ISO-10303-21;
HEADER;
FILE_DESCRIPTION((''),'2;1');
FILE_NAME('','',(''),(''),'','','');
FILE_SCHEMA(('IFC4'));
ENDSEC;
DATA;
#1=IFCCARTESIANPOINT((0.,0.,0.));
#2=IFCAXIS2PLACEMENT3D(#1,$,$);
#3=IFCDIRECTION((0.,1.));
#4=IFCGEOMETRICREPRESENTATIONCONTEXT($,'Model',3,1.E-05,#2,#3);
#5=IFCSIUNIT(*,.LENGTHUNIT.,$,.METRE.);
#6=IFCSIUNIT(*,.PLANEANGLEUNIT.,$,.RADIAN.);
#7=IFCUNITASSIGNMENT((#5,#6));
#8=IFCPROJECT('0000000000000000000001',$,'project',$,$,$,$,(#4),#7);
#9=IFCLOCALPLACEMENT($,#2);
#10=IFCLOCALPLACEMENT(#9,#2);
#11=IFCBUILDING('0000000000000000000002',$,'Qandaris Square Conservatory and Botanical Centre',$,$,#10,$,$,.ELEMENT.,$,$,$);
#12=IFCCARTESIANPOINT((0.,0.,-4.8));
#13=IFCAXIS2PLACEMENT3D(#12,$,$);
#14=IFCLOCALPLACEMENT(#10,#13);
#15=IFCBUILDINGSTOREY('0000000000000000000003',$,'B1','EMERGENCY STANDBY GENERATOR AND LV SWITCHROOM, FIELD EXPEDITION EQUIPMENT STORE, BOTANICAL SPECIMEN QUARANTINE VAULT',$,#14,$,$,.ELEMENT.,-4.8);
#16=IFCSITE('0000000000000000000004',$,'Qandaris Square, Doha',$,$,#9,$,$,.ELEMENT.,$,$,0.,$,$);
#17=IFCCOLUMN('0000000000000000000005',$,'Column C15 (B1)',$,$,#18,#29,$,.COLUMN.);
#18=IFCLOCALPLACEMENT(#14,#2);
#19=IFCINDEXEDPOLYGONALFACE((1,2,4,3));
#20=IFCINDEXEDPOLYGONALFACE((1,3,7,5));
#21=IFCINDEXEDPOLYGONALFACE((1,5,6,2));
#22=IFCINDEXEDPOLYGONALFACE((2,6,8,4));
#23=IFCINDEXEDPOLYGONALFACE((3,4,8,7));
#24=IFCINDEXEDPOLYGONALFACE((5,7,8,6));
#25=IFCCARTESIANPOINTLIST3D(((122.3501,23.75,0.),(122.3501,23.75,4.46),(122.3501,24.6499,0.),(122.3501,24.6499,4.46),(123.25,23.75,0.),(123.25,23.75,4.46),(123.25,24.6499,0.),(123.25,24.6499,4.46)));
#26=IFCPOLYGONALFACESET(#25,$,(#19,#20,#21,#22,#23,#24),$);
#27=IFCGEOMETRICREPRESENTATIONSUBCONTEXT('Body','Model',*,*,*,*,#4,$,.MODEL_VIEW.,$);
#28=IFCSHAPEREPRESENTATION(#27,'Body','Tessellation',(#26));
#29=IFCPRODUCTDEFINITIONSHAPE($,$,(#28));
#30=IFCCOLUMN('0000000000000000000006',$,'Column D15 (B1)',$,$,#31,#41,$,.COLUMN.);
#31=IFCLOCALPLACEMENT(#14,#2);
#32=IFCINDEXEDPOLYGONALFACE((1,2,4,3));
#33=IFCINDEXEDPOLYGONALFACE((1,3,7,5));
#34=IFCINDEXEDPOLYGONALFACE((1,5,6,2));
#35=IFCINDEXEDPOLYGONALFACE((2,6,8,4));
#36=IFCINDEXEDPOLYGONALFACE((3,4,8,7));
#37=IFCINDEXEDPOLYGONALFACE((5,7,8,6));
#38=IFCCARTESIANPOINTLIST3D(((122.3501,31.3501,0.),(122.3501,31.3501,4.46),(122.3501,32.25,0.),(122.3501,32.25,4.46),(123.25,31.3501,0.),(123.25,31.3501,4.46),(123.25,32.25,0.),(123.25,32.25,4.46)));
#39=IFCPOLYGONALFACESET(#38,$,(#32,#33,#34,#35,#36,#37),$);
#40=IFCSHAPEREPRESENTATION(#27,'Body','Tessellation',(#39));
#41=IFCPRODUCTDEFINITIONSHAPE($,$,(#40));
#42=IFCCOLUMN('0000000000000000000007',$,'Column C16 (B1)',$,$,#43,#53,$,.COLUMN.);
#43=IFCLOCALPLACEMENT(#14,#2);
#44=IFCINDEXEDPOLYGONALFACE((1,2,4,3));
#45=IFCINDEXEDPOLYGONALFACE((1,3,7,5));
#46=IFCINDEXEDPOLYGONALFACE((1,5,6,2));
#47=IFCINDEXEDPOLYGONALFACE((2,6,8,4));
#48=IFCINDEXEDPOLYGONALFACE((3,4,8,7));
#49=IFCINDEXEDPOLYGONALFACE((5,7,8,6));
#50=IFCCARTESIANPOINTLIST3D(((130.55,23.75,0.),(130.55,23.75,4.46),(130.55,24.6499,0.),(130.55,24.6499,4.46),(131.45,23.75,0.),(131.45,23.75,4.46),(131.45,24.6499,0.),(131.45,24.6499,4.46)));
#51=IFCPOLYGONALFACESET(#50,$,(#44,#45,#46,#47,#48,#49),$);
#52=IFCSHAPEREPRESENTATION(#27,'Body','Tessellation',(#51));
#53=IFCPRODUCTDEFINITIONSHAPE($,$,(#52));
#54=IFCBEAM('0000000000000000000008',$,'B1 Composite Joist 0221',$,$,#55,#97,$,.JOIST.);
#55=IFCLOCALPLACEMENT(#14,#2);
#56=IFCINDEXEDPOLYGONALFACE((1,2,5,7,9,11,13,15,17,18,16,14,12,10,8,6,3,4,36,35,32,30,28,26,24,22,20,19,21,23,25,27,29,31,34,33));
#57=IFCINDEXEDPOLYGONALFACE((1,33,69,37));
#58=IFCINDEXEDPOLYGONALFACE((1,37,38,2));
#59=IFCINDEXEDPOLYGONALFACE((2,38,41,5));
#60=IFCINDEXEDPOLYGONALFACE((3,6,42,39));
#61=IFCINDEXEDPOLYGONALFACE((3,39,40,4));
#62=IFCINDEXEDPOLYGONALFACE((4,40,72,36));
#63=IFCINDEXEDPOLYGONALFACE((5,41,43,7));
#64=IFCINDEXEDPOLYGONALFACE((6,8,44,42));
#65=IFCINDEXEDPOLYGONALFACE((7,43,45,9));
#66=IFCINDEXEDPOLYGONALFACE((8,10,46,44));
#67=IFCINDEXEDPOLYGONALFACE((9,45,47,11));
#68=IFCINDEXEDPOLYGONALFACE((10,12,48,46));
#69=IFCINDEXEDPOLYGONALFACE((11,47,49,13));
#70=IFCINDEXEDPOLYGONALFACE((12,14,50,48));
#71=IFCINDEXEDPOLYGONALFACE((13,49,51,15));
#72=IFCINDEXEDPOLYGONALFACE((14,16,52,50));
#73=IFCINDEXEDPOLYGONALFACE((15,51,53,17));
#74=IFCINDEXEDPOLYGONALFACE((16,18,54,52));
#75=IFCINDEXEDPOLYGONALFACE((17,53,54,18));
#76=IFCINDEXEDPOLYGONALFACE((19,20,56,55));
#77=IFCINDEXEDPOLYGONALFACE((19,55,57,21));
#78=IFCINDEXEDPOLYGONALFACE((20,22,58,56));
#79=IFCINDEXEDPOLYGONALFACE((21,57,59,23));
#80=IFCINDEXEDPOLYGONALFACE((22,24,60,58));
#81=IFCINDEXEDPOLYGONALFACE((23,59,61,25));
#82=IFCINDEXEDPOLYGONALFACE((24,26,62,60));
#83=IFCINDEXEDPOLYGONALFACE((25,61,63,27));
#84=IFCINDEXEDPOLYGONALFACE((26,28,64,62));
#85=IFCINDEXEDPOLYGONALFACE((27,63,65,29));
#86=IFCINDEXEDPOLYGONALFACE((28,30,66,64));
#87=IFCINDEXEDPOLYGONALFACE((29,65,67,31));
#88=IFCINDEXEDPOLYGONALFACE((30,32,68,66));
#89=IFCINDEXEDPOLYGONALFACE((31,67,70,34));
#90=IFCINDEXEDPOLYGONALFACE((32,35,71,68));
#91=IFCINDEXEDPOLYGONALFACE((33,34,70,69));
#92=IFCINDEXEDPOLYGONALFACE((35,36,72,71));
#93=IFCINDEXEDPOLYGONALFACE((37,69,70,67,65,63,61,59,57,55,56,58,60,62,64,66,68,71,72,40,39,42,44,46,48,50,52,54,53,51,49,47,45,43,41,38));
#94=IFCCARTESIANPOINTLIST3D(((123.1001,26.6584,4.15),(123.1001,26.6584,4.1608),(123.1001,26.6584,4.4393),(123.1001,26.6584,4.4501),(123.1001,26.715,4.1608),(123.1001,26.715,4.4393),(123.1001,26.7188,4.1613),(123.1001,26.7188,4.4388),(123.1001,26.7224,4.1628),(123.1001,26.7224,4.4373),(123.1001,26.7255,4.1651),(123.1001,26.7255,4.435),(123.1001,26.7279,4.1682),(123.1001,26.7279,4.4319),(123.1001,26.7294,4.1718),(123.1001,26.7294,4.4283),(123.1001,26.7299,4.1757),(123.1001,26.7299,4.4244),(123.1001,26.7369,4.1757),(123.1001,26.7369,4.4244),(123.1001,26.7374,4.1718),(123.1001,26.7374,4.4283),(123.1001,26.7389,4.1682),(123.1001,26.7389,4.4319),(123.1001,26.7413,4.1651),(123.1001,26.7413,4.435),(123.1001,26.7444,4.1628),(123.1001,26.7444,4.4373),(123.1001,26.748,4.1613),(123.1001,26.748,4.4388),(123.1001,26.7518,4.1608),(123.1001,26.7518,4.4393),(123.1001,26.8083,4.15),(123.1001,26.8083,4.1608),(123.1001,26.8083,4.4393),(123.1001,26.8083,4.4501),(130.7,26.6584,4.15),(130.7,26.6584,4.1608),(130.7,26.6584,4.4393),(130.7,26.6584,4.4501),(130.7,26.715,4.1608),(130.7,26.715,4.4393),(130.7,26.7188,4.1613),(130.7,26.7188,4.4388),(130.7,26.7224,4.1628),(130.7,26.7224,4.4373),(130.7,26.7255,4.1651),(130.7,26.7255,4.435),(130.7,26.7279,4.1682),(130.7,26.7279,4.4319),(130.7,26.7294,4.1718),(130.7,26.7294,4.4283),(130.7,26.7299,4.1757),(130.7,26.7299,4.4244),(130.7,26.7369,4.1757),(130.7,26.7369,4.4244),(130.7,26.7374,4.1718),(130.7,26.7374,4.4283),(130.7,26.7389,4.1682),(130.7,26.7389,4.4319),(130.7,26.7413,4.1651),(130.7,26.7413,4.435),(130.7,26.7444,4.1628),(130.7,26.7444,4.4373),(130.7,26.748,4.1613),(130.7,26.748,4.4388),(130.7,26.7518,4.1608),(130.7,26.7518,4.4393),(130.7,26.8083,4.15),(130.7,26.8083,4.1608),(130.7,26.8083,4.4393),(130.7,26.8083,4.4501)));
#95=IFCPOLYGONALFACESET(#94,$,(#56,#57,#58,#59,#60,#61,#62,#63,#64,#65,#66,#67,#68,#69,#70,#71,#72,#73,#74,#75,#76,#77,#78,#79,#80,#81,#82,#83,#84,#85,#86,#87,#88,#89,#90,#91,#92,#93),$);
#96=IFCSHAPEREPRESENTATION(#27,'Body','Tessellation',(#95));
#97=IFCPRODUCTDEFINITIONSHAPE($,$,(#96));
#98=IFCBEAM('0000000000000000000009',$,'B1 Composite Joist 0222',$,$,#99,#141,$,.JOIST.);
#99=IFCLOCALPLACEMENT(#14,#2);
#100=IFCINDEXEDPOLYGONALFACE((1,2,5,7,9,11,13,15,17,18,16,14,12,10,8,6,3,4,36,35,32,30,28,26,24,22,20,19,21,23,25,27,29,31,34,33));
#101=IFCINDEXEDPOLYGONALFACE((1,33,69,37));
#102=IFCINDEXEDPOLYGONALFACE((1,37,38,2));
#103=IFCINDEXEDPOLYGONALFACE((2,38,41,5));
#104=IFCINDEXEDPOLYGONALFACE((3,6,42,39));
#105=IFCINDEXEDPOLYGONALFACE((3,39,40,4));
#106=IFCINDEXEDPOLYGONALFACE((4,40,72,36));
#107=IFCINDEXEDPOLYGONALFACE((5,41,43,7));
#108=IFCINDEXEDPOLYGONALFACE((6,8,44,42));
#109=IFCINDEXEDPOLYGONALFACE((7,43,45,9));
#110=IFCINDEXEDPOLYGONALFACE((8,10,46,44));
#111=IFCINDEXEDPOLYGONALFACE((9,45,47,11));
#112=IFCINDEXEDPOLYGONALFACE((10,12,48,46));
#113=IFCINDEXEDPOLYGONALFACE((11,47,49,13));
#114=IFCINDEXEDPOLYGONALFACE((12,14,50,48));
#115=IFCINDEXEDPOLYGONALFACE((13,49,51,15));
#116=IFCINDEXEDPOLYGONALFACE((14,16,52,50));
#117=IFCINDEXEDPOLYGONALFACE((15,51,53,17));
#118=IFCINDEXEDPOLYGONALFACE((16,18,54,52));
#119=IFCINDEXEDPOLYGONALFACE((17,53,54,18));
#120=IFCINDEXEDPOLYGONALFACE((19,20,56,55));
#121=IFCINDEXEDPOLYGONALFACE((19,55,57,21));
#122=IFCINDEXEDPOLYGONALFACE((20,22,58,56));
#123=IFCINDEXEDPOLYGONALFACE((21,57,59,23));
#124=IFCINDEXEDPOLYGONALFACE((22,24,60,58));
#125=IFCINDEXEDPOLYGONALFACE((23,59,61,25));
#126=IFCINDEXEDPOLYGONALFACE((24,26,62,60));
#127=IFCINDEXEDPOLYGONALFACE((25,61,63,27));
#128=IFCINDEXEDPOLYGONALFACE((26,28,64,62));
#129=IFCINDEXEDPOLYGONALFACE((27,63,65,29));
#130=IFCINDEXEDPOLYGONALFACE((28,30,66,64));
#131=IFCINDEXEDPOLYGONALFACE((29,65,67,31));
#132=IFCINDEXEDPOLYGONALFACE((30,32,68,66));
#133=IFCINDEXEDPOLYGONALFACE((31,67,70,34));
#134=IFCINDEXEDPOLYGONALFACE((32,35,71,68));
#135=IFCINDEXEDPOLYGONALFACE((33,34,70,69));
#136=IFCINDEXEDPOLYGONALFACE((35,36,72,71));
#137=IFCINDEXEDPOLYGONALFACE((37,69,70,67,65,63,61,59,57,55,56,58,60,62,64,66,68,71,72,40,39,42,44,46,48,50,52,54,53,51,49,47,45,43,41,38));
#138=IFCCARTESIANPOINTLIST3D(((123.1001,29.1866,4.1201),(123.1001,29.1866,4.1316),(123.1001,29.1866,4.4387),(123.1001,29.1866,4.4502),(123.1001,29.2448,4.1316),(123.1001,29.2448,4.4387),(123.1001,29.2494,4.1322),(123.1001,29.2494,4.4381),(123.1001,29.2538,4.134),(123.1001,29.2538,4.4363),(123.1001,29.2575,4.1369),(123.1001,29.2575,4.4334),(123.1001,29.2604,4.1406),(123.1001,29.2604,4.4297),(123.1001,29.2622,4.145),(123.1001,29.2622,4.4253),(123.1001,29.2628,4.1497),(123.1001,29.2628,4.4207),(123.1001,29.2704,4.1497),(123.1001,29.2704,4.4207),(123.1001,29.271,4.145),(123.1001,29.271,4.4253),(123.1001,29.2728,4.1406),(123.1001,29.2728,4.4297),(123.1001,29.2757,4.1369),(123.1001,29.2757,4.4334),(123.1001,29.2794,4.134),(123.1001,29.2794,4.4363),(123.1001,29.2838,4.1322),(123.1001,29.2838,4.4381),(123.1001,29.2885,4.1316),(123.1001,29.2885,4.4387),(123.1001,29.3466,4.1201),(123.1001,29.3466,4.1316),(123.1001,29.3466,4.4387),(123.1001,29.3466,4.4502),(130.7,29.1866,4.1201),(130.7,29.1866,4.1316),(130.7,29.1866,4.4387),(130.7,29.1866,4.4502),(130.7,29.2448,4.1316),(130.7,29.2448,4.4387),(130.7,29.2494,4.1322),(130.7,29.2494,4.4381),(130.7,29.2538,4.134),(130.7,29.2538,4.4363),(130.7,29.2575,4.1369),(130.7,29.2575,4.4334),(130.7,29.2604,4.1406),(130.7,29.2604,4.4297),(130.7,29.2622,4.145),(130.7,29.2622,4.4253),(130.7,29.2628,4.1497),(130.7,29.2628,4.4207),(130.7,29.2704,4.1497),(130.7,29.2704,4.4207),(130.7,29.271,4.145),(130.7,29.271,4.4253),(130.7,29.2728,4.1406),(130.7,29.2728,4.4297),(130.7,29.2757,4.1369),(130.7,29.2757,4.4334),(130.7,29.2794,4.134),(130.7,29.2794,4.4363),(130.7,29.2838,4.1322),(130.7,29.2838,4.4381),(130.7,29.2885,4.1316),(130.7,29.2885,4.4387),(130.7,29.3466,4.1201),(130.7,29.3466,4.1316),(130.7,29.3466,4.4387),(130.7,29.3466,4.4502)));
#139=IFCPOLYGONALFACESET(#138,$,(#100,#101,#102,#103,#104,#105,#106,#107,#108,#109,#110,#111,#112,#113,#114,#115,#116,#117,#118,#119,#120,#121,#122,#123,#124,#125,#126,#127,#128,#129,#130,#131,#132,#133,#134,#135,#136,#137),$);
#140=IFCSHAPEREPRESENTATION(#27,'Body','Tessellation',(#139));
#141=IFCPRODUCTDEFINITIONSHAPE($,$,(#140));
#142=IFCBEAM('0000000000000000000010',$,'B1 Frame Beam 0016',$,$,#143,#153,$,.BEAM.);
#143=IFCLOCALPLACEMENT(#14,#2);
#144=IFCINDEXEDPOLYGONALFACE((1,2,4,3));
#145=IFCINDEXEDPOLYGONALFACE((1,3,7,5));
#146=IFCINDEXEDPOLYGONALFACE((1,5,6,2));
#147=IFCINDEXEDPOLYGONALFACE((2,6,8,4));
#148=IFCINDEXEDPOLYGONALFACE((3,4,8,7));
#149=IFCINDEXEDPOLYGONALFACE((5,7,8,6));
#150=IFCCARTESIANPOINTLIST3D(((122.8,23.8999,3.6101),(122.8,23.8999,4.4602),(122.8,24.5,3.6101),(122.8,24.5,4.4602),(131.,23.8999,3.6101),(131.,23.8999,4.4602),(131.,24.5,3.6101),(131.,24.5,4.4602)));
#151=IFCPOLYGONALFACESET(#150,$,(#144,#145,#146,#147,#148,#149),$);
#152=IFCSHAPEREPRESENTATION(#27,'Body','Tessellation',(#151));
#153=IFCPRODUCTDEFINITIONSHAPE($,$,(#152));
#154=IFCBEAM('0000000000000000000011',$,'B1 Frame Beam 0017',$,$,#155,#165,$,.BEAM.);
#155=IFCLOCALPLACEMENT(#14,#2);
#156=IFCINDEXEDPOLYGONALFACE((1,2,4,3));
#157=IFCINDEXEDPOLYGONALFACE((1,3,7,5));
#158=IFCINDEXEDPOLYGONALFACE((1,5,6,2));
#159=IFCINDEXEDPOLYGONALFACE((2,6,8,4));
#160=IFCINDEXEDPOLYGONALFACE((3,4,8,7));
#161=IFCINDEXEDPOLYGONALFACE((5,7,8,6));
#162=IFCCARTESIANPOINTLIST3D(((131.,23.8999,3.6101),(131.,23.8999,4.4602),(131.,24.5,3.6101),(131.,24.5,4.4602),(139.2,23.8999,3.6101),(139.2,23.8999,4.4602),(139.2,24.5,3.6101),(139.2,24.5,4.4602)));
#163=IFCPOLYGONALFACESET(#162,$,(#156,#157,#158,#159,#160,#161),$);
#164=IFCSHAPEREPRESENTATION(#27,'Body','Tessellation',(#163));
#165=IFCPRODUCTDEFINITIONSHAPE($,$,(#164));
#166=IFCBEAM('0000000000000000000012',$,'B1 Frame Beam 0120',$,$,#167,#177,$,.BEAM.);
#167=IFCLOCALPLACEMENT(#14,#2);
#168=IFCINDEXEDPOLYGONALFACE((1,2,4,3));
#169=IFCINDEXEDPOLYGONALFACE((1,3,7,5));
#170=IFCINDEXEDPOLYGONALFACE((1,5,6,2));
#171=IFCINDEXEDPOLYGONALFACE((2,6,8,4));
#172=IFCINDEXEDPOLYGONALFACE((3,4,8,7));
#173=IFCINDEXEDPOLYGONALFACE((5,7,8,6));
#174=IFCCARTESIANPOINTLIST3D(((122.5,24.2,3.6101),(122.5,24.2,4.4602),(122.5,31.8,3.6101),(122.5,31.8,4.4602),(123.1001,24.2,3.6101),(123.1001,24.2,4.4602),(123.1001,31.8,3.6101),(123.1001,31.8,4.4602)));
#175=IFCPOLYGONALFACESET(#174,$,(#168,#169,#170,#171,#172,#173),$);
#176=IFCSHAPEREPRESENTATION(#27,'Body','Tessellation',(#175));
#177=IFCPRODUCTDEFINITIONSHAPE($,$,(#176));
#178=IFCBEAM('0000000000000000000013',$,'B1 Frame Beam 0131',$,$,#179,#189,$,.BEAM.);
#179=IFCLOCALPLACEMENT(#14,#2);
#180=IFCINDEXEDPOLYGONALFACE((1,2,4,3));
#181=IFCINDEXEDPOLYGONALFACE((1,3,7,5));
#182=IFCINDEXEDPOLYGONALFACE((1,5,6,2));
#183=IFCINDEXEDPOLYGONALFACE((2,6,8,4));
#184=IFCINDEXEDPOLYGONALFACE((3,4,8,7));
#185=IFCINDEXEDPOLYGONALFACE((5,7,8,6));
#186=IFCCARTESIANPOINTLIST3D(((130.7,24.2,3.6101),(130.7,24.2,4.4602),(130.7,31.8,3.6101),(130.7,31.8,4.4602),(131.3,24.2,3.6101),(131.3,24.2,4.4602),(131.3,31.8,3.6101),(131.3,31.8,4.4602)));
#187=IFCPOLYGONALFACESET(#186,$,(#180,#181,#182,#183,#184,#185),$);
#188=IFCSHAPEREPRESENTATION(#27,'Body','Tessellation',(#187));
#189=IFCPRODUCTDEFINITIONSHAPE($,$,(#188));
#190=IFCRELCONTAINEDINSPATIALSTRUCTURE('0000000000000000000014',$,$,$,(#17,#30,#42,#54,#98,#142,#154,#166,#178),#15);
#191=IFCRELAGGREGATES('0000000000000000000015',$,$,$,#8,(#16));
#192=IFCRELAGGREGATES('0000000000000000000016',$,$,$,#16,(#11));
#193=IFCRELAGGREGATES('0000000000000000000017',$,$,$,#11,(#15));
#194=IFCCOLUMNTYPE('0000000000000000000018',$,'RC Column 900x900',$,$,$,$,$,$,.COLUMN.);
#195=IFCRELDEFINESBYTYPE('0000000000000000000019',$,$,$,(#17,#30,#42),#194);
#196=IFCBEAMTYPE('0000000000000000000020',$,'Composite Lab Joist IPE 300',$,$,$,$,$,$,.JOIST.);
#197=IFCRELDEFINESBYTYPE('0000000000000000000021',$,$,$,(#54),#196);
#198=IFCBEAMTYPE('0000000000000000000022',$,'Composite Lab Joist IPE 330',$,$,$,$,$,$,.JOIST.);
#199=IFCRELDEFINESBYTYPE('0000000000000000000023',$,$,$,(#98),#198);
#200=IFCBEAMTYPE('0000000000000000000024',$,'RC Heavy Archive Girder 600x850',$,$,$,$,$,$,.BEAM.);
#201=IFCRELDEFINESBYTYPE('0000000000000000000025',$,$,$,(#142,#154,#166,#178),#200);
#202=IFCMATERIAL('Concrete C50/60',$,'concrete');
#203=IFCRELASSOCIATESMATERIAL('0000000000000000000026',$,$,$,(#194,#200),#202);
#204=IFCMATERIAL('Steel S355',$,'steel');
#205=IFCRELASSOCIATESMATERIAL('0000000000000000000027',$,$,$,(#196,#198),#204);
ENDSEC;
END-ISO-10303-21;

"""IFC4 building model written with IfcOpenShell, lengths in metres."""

from ifc_helpers import new_model, si_unit, direction, frame, origin, origin_2d, place, context, subcontext, project, spatial, rectangle, i_section, extrude, material, material_profile, profile_set, type_object, element, save


model = new_model("IFC4")

# Units and contexts
model_context = context("Model", 3, precision=1e-05, world=origin(), true_north=direction((0.0, 1.0)))
body_context = subcontext(model_context, "Body", "Model", "MODEL_VIEW")
ifc_project = project(units=[si_unit("LENGTHUNIT", "METRE"), si_unit("PLANEANGLEUNIT", "RADIAN")], contexts=[model_context])

# Site, building, storey
site_placement = place(None, origin())
site = spatial("IfcSite", under=ifc_project, at=site_placement, Name="Qandaris Square, Doha", CompositionType="ELEMENT", RefElevation=0.0)
building_placement = place(site_placement, origin())
building = spatial("IfcBuilding", under=site, at=building_placement, Name="Qandaris Square Conservatory and Botanical Centre", CompositionType="ELEMENT")
storey_placement = place(building_placement, frame((0.0, 0.0, -4.8)))
storey = spatial("IfcBuildingStorey", under=building, at=storey_placement, Name="B1", Description="EMERGENCY STANDBY GENERATOR AND LV SWITCHROOM, FIELD EXPEDITION EQUIPMENT STORE, BOTANICAL SPECIMEN QUARANTINE VAULT", CompositionType="ELEMENT", Elevation=-4.8)

# Shared definitions
ifc_material_1 = material(Name="Concrete C50/60", Category="concrete")

# Columns
ifc_material_profile_1 = material_profile(ifc_material_1, rectangle(XDim=0.8999, YDim=0.8999, at=origin_2d()), Name="RC-COL 900x900")
ifc_profile_set_1 = profile_set([ifc_material_profile_1], Name="Concrete C50/60")
column_type = type_object("IfcColumnType", Name="RC Column 900x900", PredefinedType="COLUMN", material=ifc_profile_set_1)
for number, where, z_axis, x_axis, name in (
    (1, (122.8, 24.2, 0.0), (0.0, 0.0, 1.0), (1.0, 0.0, 0.0), "Column C15 (B1)"),
    (2, (122.8, 31.8, 0.0), (0.0, 0.0, 1.0), (1.0, 0.0, 0.0), "Column D15 (B1)"),
    (3, (131.0, 24.2, 0.0), (0.0, 0.0, 1.0), (1.0, 0.0, 0.0), "Column C16 (B1)"),
):
    element("IfcColumn", number, at=place(storey_placement, frame(where, z_axis=z_axis, x_axis=x_axis)), inside=storey, type_object=column_type, Name=name, PredefinedType="COLUMN", context=body_context, shape_type="SweptSolid", body=[
        extrude(rectangle(XDim=0.8999, YDim=0.8999, at=origin_2d()), origin(), (0.0, 0.0, 1.0), 4.46),
    ])

# Beams
ifc_material_2 = material(Name="Steel S355", Category="steel")
ifc_material_profile_2 = material_profile(ifc_material_2, i_section(OverallWidth=0.1499, OverallDepth=0.3, WebThickness=0.0071, FlangeThickness=0.0107, FilletRadius=0.0149, at=origin_2d()), Name="IPE 300")
ifc_profile_set_2 = profile_set([ifc_material_profile_2], Name="Steel S355")
beam_type_1 = type_object("IfcBeamType", Name="Composite Lab Joist IPE 300", PredefinedType="JOIST", material=ifc_profile_set_2)
beam_1_placement = place(storey_placement, frame((123.1001, 26.7334, 4.3), z_axis=(1.0, 0.0, 0.0), x_axis=(0.0, 1.0, 0.0)))
element("IfcBeam", 4, at=beam_1_placement, inside=storey, type_object=beam_type_1, Name="B1 Composite Joist 0221", PredefinedType="JOIST", context=body_context, shape_type="SweptSolid", body=[
    extrude(i_section(OverallWidth=0.1499, OverallDepth=0.3, WebThickness=0.0071, FlangeThickness=0.0107, FilletRadius=0.0149, at=origin_2d()), origin(), (0.0, 0.0, 1.0), 7.5999),
])
ifc_material_profile_3 = material_profile(ifc_material_2, i_section(OverallWidth=0.1599, OverallDepth=0.3301, WebThickness=0.0076, FlangeThickness=0.0115, FilletRadius=0.0181, at=origin_2d()), Name="IPE 330")
ifc_profile_set_3 = profile_set([ifc_material_profile_3], Name="Steel S355")
beam_type_2 = type_object("IfcBeamType", Name="Composite Lab Joist IPE 330", PredefinedType="JOIST", material=ifc_profile_set_3)
beam_2_placement = place(storey_placement, frame((123.1001, 29.2666, 4.2852), z_axis=(1.0, 0.0, 0.0), x_axis=(0.0, 1.0, 0.0)))
element("IfcBeam", 5, at=beam_2_placement, inside=storey, type_object=beam_type_2, Name="B1 Composite Joist 0222", PredefinedType="JOIST", context=body_context, shape_type="SweptSolid", body=[
    extrude(i_section(OverallWidth=0.1599, OverallDepth=0.3301, WebThickness=0.0076, FlangeThickness=0.0115, FilletRadius=0.0181, at=origin_2d()), origin(), (0.0, 0.0, 1.0), 7.5999),
])
ifc_material_profile_4 = material_profile(ifc_material_1, rectangle(XDim=0.6001, YDim=0.8501, at=origin_2d()), Name="RC-BM 600x850")
ifc_profile_set_4 = profile_set([ifc_material_profile_4], Name="Concrete C50/60")
beam_type_3 = type_object("IfcBeamType", Name="RC Heavy Archive Girder 600x850", PredefinedType="BEAM", material=ifc_profile_set_4)
for number, where, z_axis, x_axis, name in (
    (6, (122.8, 24.2, 4.0352), (1.0, 0.0, 0.0), (0.0, 1.0, 0.0), "B1 Frame Beam 0016"),
    (7, (131.0, 24.2, 4.0352), (1.0, 0.0, 0.0), (0.0, 1.0, 0.0), "B1 Frame Beam 0017"),
):
    element("IfcBeam", number, at=place(storey_placement, frame(where, z_axis=z_axis, x_axis=x_axis)), inside=storey, type_object=beam_type_3, Name=name, PredefinedType="BEAM", context=body_context, shape_type="SweptSolid", body=[
        extrude(rectangle(XDim=0.6001, YDim=0.8501, at=origin_2d()), origin(), (0.0, 0.0, 1.0), 8.2),
    ])
for number, where, z_axis, x_axis, name in (
    (8, (122.8, 24.2, 4.0352), (0.0, 1.0, 0.0), (-1.0, 0.0, 0.0), "B1 Frame Beam 0120"),
    (9, (131.0, 24.2, 4.0352), (0.0, 1.0, 0.0), (-1.0, 0.0, 0.0), "B1 Frame Beam 0131"),
):
    element("IfcBeam", number, at=place(storey_placement, frame(where, z_axis=z_axis, x_axis=x_axis)), inside=storey, type_object=beam_type_3, Name=name, PredefinedType="BEAM", context=body_context, shape_type="SweptSolid", body=[
        extrude(rectangle(XDim=0.6001, YDim=0.8501, at=origin_2d()), origin(), (0.0, 0.0, 1.0), 7.6001),
    ])

save(model, "model.ifc")
